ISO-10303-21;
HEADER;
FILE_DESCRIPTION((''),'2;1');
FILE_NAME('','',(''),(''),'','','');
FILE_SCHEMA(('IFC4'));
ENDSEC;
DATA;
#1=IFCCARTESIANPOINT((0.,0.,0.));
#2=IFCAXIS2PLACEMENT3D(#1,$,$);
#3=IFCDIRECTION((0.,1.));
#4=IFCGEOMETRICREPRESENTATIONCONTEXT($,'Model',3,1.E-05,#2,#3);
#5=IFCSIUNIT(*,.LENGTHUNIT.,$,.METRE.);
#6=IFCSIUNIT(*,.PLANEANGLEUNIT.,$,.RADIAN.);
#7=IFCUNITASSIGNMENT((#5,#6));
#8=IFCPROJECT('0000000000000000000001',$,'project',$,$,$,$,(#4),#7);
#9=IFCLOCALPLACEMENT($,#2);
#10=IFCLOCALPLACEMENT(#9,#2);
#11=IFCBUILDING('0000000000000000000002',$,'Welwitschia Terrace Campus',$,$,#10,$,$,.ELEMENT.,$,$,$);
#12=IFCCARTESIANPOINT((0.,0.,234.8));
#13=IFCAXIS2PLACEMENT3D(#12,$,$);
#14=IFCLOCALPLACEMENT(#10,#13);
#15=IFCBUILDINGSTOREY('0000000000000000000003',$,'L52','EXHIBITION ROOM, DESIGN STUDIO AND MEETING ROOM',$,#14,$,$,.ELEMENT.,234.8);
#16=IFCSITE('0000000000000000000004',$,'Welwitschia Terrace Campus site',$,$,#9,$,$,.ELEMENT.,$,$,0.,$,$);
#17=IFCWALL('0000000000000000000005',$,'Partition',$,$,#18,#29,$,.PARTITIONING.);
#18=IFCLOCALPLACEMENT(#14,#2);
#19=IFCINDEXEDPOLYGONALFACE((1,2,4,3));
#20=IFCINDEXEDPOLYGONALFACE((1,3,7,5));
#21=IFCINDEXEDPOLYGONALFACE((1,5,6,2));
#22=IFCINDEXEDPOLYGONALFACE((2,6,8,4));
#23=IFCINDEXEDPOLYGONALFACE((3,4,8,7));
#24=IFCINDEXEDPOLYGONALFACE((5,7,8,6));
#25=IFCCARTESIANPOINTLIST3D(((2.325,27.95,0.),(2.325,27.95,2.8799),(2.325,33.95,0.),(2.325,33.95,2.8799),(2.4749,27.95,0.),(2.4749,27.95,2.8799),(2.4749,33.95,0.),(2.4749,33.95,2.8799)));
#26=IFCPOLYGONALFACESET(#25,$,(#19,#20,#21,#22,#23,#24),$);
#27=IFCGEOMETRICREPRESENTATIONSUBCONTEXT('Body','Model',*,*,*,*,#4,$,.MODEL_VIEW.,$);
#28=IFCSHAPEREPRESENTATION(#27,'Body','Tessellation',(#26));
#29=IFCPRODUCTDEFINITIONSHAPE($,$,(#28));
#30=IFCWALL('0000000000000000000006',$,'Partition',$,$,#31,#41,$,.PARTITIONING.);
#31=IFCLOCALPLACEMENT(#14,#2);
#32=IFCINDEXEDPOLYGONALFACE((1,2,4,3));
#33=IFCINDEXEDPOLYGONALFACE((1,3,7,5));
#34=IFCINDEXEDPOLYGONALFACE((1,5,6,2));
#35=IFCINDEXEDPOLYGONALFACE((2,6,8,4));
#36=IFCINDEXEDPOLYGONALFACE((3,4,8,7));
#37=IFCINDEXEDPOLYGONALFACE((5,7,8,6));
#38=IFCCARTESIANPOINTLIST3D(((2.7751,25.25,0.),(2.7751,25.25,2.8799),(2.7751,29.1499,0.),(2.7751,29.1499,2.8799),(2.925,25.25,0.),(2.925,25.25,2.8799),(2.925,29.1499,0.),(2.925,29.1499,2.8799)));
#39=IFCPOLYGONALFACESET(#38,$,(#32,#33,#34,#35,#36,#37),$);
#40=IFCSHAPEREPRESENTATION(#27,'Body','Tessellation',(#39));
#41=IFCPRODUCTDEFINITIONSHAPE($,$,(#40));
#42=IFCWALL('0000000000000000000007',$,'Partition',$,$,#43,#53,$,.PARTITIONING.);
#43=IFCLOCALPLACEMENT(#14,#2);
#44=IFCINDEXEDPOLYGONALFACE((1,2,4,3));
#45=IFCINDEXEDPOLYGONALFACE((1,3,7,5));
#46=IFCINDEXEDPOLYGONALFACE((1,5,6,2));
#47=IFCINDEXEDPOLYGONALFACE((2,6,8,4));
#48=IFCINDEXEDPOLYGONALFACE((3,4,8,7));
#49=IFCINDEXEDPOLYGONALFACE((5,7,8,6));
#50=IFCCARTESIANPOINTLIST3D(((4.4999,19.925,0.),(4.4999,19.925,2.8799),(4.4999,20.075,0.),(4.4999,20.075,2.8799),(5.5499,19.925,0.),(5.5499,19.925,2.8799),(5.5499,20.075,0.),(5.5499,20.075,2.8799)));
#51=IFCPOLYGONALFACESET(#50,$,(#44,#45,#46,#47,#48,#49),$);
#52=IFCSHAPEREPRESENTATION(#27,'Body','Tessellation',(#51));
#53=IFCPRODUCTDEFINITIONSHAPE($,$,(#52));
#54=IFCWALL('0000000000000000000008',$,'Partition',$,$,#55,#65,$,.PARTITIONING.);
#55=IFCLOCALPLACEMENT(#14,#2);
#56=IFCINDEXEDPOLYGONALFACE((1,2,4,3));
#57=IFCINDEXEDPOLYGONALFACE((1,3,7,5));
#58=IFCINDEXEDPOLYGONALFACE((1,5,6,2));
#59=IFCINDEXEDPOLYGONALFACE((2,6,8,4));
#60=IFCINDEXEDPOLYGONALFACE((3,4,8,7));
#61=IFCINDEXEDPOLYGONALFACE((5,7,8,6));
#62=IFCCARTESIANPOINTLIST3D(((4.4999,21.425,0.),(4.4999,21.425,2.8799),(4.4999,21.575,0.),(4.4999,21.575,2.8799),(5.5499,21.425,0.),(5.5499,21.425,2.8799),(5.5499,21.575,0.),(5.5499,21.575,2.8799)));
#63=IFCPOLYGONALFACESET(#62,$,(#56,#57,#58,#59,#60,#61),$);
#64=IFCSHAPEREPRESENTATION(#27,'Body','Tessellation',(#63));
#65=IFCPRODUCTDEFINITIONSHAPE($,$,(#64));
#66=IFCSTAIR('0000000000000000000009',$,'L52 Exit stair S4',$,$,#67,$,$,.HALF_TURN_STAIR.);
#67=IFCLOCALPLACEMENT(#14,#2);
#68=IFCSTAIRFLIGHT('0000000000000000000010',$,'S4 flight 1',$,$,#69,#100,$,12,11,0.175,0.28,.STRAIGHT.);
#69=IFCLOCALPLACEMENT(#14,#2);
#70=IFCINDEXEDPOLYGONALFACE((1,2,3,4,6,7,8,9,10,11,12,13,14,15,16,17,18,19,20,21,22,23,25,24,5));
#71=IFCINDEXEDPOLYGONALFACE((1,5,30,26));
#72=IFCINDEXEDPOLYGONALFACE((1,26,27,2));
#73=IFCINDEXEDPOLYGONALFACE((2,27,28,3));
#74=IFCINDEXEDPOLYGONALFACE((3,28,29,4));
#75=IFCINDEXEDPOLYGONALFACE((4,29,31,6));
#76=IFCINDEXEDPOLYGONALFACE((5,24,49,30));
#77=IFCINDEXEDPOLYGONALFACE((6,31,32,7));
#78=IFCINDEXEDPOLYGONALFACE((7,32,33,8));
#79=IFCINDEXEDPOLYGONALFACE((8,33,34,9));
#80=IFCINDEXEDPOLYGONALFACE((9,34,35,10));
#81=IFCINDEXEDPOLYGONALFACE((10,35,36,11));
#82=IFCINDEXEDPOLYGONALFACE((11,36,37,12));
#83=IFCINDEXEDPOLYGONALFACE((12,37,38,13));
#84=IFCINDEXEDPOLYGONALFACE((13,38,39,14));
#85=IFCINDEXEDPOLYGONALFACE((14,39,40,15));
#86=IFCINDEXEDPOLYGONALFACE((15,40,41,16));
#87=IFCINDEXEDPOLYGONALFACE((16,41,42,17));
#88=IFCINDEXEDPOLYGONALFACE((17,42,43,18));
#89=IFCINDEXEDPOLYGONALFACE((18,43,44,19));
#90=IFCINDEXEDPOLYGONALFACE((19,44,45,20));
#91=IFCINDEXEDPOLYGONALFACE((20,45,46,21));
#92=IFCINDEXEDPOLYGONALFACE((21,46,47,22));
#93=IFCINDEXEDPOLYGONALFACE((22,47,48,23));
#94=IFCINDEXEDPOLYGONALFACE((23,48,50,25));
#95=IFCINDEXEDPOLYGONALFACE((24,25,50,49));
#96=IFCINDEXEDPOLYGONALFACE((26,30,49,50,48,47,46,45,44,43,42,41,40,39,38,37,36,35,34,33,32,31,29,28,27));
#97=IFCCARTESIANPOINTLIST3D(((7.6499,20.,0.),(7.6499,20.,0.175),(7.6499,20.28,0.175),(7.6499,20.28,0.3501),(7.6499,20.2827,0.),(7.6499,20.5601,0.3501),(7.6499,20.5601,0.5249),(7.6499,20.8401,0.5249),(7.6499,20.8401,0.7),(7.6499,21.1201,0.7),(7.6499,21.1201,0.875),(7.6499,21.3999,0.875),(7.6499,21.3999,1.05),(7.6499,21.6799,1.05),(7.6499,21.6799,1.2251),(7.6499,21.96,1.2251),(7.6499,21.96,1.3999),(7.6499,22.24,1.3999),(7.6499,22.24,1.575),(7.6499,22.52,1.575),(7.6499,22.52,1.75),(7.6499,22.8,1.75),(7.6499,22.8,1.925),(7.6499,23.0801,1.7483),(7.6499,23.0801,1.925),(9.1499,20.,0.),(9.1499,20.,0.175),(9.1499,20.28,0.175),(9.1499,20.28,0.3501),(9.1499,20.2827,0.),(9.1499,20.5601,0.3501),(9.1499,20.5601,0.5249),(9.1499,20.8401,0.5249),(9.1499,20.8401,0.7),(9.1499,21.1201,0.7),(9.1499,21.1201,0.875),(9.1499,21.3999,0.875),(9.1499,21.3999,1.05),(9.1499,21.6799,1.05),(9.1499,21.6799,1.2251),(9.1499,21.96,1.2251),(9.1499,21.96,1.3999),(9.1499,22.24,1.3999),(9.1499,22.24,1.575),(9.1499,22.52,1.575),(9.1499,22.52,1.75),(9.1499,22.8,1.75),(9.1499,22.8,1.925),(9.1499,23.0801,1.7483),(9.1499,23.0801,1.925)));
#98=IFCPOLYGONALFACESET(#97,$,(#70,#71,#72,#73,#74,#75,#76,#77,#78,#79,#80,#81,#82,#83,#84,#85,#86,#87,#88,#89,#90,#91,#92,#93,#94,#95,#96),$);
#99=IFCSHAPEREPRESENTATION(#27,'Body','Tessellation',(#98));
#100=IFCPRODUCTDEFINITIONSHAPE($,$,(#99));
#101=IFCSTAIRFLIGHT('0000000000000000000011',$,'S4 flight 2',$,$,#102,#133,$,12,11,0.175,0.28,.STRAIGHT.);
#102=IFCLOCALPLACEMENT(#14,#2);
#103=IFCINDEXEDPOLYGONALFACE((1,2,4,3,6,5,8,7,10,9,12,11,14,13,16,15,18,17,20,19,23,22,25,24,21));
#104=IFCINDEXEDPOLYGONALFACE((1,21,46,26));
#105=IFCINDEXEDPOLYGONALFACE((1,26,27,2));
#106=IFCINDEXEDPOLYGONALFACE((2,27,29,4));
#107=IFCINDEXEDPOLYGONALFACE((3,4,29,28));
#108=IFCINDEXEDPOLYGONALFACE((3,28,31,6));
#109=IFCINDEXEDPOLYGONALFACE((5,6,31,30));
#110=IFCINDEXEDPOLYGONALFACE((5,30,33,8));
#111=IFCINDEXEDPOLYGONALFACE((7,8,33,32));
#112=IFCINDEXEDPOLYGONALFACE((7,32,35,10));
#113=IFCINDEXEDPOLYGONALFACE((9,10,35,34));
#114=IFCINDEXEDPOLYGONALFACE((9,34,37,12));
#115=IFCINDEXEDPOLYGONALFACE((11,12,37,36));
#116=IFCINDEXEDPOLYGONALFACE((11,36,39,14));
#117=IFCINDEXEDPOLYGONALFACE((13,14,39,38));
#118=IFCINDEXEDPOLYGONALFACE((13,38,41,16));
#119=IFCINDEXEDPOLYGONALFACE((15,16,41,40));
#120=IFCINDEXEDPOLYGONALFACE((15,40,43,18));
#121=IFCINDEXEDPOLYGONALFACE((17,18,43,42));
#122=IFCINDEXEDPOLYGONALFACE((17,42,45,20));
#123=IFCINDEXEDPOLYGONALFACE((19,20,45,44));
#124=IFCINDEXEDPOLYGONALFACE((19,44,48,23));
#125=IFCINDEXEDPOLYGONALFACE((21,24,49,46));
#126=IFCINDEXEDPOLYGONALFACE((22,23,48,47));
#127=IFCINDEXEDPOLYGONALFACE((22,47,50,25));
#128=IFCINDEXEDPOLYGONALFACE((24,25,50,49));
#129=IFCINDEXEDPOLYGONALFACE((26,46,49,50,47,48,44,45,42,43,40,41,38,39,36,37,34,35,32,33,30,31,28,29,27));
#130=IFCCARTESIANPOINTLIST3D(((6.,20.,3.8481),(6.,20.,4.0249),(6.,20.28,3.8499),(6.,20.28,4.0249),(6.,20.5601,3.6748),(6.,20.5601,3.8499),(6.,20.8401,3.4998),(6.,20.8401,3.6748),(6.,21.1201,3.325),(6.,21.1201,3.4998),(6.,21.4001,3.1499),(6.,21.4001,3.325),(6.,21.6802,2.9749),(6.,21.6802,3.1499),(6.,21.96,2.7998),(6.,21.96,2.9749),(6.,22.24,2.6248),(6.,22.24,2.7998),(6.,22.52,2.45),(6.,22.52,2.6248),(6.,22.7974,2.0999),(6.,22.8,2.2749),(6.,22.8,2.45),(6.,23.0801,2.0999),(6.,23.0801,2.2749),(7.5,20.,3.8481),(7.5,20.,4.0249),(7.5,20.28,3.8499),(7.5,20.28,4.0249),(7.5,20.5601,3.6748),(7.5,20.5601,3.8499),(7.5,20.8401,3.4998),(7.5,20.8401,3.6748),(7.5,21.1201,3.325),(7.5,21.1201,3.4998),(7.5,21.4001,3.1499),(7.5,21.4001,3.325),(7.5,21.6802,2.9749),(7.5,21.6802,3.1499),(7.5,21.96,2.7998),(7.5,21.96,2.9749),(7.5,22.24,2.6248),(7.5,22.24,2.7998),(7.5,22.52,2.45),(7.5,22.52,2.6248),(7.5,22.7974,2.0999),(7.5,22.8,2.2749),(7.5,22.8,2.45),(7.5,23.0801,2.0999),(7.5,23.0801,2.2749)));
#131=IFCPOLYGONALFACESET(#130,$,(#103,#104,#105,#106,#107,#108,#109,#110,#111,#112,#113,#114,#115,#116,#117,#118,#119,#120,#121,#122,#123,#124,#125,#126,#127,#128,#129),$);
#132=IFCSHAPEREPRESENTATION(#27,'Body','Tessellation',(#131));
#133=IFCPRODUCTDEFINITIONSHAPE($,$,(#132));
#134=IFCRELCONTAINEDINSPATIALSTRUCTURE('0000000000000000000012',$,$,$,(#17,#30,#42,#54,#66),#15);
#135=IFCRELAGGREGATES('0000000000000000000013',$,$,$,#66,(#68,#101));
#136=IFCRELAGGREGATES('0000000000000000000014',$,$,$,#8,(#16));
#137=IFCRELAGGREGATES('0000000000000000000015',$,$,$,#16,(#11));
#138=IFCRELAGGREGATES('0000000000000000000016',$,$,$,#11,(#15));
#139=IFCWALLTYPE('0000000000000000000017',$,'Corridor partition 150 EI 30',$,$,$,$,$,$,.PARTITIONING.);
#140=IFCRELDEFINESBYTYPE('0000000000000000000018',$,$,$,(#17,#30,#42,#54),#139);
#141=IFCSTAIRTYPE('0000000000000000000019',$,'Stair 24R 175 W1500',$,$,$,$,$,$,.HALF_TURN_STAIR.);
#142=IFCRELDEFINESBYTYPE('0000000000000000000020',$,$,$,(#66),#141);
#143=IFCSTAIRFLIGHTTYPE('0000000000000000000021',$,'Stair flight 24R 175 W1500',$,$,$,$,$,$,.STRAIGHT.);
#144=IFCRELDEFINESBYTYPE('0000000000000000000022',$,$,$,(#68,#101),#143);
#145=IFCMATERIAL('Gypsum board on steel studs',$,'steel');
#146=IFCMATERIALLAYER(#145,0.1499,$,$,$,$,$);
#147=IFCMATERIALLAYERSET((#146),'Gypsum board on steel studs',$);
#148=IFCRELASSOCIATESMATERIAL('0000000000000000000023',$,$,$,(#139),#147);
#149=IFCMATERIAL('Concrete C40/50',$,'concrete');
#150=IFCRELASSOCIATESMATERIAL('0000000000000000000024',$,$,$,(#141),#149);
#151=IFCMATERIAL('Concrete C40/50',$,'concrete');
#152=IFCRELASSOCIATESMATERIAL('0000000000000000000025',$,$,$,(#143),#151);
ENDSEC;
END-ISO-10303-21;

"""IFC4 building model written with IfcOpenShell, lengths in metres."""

from ifc_helpers import new_model, si_unit, direction, frame, frame_2d, origin, place, context, subcontext, project, spatial, polyline, rectangle, outline, extrude, material, layer, layer_set, type_object, element, aggregate, save


model = new_model("IFC4")

# Units and contexts
model_context = context("Model", 3, precision=1e-05, world=origin(), true_north=direction((0.0, 1.0)))
body_context = subcontext(model_context, "Body", "Model", "MODEL_VIEW")
ifc_project = project(units=[si_unit("LENGTHUNIT", "METRE"), si_unit("PLANEANGLEUNIT", "RADIAN")], contexts=[model_context])

# Site, building, storey
site_placement = place(None, origin())
site = spatial("IfcSite", under=ifc_project, at=site_placement, Name="Welwitschia Terrace Campus site", CompositionType="ELEMENT", RefElevation=0.0)
building_placement = place(site_placement, origin())
building = spatial("IfcBuilding", under=site, at=building_placement, Name="Welwitschia Terrace Campus", CompositionType="ELEMENT")
storey_placement = place(building_placement, frame((0.0, 0.0, 234.8)))
storey = spatial("IfcBuildingStorey", under=building, at=storey_placement, Name="L52", Description="EXHIBITION ROOM, DESIGN STUDIO AND MEETING ROOM", CompositionType="ELEMENT", Elevation=234.8)

# Walls
ifc_material_1 = material(Name="Gypsum board on steel studs", Category="steel")
ifc_layer_1 = layer(ifc_material_1, 0.1499)
ifc_layer_set_1 = layer_set([ifc_layer_1], Name="Gypsum board on steel studs")
wall_type_1 = type_object("IfcWallType", Name="Corridor partition 150 EI 30", PredefinedType="PARTITIONING", material=ifc_layer_set_1)
wall_1_placement = place(storey_placement, frame((2.3999, 27.95, 0.0), z_axis=(0.0, 0.0, 1.0), x_axis=(0.0, 1.0, 0.0)))
element("IfcWall", 1, at=wall_1_placement, inside=storey, type_object=wall_type_1, Name="Partition", PredefinedType="PARTITIONING", context=body_context, shape_type="SweptSolid", body=[
    extrude(rectangle(XDim=6.0, YDim=0.1499, at=frame_2d((3.0, 0.0))), origin(), (0.0, 0.0, 1.0), 2.8799),
])
wall_2_placement = place(storey_placement, frame((2.8501, 25.25, 0.0), z_axis=(0.0, 0.0, 1.0), x_axis=(0.0, 1.0, 0.0)))
element("IfcWall", 2, at=wall_2_placement, inside=storey, type_object=wall_type_1, Name="Partition", PredefinedType="PARTITIONING", context=body_context, shape_type="SweptSolid", body=[
    extrude(rectangle(XDim=3.8999, YDim=0.1499, at=frame_2d((1.95, 0.0))), origin(), (0.0, 0.0, 1.0), 2.8799),
])
for number, where, z_axis, x_axis, name in (
    (3, (4.5, 20.0, 0.0), (0.0, 0.0, 1.0), (1.0, 0.0, 0.0), "Partition"),
    (4, (4.5, 21.5, 0.0), (0.0, 0.0, 1.0), (1.0, 0.0, 0.0), "Partition"),
):
    element("IfcWall", number, at=place(storey_placement, frame(where, z_axis=z_axis, x_axis=x_axis)), inside=storey, type_object=wall_type_1, Name=name, PredefinedType="PARTITIONING", context=body_context, shape_type="SweptSolid", body=[
        extrude(rectangle(XDim=1.05, YDim=0.1499, at=frame_2d((0.5249, 0.0))), origin(), (0.0, 0.0, 1.0), 2.8799),
    ])

# Stair, stair flights
ifc_material_2 = material(Name="Concrete C40/50", Category="concrete")
stair_type = type_object("IfcStairType", Name="Stair 24R 175 W1500", PredefinedType="HALF_TURN_STAIR", material=ifc_material_2)
stair_placement = place(storey_placement, origin())
stair = element("IfcStair", 5, at=stair_placement, inside=storey, type_object=stair_type, Name="L52 Exit stair S4", PredefinedType="HALF_TURN_STAIR")
ifc_material_3 = material(Name="Concrete C40/50", Category="concrete")
stair_flight_type = type_object("IfcStairFlightType", Name="Stair flight 24R 175 W1500", PredefinedType="STRAIGHT", material=ifc_material_3)
stair_flight_1_placement = place(storey_placement, frame((8.3999, 20.0, 0.0), z_axis=(0.0, 0.0, 1.0), x_axis=(0.0, 1.0, 0.0)))
stair_flight_1 = element("IfcStairFlight", 6, at=stair_flight_1_placement, type_object=stair_flight_type, Name="S4 flight 1", NumberOfRisers=12, NumberOfTreads=11, PredefinedType="STRAIGHT", RiserHeight=0.175, TreadLength=0.28, context=body_context, shape_type="SweptSolid", body=[
    extrude(outline(polyline([(0.0, 0.0), (0.0, 0.175), (0.28, 0.175), (0.28, 0.3501), (0.5601, 0.3501), (0.5601, 0.5249), (0.8401, 0.5249), (0.8401, 0.7), (1.1201, 0.7), (1.1201, 0.875), (1.3999, 0.875), (1.3999, 1.05), (1.6799, 1.05), (1.6799, 1.2251), (1.96, 1.2251), (1.96, 1.3999), (2.24, 1.3999), (2.24, 1.575), (2.52, 1.575), (2.52, 1.75), (2.8, 1.75), (2.8, 1.925), (3.0801, 1.925), (3.0801, 2.1001), (3.0801, 1.7483), (0.2827, 0.0), (0.0, 0.0)])), frame((0.0, 0.75, 0.0), z_axis=(0.0, -1.0, 0.0), x_axis=(1.0, 0.0, 0.0)), (0.0, 0.0, 1.0), 1.5),
])
stair_flight_2_placement = place(storey_placement, frame((6.75, 23.0801, 2.0999), z_axis=(0.0, 0.0, 1.0), x_axis=(0.0, -1.0, 0.0)))
stair_flight_2 = element("IfcStairFlight", 7, at=stair_flight_2_placement, type_object=stair_flight_type, Name="S4 flight 2", NumberOfRisers=12, NumberOfTreads=11, PredefinedType="STRAIGHT", RiserHeight=0.175, TreadLength=0.28, context=body_context, shape_type="SweptSolid", body=[
    extrude(outline(polyline([(0.0, 0.0), (0.0, 0.175), (0.28, 0.175), (0.28, 0.3501), (0.5601, 0.3501), (0.5601, 0.5249), (0.8401, 0.5249), (0.8401, 0.7), (1.1201, 0.7), (1.1201, 0.875), (1.3999, 0.875), (1.3999, 1.05), (1.6799, 1.05), (1.6799, 1.2251), (1.96, 1.2251), (1.96, 1.3999), (2.24, 1.3999), (2.24, 1.575), (2.52, 1.575), (2.52, 1.75), (2.8, 1.75), (2.8, 1.925), (3.0801, 1.925), (3.0801, 2.1001), (3.0801, 1.7483), (0.2827, 0.0), (0.0, 0.0)])), frame((0.0, 0.75, 0.0), z_axis=(0.0, -1.0, 0.0), x_axis=(1.0, 0.0, 0.0)), (0.0, 0.0, 1.0), 1.5),
])
aggregate(stair, [stair_flight_1, stair_flight_2])

save(model, "model.ifc")
